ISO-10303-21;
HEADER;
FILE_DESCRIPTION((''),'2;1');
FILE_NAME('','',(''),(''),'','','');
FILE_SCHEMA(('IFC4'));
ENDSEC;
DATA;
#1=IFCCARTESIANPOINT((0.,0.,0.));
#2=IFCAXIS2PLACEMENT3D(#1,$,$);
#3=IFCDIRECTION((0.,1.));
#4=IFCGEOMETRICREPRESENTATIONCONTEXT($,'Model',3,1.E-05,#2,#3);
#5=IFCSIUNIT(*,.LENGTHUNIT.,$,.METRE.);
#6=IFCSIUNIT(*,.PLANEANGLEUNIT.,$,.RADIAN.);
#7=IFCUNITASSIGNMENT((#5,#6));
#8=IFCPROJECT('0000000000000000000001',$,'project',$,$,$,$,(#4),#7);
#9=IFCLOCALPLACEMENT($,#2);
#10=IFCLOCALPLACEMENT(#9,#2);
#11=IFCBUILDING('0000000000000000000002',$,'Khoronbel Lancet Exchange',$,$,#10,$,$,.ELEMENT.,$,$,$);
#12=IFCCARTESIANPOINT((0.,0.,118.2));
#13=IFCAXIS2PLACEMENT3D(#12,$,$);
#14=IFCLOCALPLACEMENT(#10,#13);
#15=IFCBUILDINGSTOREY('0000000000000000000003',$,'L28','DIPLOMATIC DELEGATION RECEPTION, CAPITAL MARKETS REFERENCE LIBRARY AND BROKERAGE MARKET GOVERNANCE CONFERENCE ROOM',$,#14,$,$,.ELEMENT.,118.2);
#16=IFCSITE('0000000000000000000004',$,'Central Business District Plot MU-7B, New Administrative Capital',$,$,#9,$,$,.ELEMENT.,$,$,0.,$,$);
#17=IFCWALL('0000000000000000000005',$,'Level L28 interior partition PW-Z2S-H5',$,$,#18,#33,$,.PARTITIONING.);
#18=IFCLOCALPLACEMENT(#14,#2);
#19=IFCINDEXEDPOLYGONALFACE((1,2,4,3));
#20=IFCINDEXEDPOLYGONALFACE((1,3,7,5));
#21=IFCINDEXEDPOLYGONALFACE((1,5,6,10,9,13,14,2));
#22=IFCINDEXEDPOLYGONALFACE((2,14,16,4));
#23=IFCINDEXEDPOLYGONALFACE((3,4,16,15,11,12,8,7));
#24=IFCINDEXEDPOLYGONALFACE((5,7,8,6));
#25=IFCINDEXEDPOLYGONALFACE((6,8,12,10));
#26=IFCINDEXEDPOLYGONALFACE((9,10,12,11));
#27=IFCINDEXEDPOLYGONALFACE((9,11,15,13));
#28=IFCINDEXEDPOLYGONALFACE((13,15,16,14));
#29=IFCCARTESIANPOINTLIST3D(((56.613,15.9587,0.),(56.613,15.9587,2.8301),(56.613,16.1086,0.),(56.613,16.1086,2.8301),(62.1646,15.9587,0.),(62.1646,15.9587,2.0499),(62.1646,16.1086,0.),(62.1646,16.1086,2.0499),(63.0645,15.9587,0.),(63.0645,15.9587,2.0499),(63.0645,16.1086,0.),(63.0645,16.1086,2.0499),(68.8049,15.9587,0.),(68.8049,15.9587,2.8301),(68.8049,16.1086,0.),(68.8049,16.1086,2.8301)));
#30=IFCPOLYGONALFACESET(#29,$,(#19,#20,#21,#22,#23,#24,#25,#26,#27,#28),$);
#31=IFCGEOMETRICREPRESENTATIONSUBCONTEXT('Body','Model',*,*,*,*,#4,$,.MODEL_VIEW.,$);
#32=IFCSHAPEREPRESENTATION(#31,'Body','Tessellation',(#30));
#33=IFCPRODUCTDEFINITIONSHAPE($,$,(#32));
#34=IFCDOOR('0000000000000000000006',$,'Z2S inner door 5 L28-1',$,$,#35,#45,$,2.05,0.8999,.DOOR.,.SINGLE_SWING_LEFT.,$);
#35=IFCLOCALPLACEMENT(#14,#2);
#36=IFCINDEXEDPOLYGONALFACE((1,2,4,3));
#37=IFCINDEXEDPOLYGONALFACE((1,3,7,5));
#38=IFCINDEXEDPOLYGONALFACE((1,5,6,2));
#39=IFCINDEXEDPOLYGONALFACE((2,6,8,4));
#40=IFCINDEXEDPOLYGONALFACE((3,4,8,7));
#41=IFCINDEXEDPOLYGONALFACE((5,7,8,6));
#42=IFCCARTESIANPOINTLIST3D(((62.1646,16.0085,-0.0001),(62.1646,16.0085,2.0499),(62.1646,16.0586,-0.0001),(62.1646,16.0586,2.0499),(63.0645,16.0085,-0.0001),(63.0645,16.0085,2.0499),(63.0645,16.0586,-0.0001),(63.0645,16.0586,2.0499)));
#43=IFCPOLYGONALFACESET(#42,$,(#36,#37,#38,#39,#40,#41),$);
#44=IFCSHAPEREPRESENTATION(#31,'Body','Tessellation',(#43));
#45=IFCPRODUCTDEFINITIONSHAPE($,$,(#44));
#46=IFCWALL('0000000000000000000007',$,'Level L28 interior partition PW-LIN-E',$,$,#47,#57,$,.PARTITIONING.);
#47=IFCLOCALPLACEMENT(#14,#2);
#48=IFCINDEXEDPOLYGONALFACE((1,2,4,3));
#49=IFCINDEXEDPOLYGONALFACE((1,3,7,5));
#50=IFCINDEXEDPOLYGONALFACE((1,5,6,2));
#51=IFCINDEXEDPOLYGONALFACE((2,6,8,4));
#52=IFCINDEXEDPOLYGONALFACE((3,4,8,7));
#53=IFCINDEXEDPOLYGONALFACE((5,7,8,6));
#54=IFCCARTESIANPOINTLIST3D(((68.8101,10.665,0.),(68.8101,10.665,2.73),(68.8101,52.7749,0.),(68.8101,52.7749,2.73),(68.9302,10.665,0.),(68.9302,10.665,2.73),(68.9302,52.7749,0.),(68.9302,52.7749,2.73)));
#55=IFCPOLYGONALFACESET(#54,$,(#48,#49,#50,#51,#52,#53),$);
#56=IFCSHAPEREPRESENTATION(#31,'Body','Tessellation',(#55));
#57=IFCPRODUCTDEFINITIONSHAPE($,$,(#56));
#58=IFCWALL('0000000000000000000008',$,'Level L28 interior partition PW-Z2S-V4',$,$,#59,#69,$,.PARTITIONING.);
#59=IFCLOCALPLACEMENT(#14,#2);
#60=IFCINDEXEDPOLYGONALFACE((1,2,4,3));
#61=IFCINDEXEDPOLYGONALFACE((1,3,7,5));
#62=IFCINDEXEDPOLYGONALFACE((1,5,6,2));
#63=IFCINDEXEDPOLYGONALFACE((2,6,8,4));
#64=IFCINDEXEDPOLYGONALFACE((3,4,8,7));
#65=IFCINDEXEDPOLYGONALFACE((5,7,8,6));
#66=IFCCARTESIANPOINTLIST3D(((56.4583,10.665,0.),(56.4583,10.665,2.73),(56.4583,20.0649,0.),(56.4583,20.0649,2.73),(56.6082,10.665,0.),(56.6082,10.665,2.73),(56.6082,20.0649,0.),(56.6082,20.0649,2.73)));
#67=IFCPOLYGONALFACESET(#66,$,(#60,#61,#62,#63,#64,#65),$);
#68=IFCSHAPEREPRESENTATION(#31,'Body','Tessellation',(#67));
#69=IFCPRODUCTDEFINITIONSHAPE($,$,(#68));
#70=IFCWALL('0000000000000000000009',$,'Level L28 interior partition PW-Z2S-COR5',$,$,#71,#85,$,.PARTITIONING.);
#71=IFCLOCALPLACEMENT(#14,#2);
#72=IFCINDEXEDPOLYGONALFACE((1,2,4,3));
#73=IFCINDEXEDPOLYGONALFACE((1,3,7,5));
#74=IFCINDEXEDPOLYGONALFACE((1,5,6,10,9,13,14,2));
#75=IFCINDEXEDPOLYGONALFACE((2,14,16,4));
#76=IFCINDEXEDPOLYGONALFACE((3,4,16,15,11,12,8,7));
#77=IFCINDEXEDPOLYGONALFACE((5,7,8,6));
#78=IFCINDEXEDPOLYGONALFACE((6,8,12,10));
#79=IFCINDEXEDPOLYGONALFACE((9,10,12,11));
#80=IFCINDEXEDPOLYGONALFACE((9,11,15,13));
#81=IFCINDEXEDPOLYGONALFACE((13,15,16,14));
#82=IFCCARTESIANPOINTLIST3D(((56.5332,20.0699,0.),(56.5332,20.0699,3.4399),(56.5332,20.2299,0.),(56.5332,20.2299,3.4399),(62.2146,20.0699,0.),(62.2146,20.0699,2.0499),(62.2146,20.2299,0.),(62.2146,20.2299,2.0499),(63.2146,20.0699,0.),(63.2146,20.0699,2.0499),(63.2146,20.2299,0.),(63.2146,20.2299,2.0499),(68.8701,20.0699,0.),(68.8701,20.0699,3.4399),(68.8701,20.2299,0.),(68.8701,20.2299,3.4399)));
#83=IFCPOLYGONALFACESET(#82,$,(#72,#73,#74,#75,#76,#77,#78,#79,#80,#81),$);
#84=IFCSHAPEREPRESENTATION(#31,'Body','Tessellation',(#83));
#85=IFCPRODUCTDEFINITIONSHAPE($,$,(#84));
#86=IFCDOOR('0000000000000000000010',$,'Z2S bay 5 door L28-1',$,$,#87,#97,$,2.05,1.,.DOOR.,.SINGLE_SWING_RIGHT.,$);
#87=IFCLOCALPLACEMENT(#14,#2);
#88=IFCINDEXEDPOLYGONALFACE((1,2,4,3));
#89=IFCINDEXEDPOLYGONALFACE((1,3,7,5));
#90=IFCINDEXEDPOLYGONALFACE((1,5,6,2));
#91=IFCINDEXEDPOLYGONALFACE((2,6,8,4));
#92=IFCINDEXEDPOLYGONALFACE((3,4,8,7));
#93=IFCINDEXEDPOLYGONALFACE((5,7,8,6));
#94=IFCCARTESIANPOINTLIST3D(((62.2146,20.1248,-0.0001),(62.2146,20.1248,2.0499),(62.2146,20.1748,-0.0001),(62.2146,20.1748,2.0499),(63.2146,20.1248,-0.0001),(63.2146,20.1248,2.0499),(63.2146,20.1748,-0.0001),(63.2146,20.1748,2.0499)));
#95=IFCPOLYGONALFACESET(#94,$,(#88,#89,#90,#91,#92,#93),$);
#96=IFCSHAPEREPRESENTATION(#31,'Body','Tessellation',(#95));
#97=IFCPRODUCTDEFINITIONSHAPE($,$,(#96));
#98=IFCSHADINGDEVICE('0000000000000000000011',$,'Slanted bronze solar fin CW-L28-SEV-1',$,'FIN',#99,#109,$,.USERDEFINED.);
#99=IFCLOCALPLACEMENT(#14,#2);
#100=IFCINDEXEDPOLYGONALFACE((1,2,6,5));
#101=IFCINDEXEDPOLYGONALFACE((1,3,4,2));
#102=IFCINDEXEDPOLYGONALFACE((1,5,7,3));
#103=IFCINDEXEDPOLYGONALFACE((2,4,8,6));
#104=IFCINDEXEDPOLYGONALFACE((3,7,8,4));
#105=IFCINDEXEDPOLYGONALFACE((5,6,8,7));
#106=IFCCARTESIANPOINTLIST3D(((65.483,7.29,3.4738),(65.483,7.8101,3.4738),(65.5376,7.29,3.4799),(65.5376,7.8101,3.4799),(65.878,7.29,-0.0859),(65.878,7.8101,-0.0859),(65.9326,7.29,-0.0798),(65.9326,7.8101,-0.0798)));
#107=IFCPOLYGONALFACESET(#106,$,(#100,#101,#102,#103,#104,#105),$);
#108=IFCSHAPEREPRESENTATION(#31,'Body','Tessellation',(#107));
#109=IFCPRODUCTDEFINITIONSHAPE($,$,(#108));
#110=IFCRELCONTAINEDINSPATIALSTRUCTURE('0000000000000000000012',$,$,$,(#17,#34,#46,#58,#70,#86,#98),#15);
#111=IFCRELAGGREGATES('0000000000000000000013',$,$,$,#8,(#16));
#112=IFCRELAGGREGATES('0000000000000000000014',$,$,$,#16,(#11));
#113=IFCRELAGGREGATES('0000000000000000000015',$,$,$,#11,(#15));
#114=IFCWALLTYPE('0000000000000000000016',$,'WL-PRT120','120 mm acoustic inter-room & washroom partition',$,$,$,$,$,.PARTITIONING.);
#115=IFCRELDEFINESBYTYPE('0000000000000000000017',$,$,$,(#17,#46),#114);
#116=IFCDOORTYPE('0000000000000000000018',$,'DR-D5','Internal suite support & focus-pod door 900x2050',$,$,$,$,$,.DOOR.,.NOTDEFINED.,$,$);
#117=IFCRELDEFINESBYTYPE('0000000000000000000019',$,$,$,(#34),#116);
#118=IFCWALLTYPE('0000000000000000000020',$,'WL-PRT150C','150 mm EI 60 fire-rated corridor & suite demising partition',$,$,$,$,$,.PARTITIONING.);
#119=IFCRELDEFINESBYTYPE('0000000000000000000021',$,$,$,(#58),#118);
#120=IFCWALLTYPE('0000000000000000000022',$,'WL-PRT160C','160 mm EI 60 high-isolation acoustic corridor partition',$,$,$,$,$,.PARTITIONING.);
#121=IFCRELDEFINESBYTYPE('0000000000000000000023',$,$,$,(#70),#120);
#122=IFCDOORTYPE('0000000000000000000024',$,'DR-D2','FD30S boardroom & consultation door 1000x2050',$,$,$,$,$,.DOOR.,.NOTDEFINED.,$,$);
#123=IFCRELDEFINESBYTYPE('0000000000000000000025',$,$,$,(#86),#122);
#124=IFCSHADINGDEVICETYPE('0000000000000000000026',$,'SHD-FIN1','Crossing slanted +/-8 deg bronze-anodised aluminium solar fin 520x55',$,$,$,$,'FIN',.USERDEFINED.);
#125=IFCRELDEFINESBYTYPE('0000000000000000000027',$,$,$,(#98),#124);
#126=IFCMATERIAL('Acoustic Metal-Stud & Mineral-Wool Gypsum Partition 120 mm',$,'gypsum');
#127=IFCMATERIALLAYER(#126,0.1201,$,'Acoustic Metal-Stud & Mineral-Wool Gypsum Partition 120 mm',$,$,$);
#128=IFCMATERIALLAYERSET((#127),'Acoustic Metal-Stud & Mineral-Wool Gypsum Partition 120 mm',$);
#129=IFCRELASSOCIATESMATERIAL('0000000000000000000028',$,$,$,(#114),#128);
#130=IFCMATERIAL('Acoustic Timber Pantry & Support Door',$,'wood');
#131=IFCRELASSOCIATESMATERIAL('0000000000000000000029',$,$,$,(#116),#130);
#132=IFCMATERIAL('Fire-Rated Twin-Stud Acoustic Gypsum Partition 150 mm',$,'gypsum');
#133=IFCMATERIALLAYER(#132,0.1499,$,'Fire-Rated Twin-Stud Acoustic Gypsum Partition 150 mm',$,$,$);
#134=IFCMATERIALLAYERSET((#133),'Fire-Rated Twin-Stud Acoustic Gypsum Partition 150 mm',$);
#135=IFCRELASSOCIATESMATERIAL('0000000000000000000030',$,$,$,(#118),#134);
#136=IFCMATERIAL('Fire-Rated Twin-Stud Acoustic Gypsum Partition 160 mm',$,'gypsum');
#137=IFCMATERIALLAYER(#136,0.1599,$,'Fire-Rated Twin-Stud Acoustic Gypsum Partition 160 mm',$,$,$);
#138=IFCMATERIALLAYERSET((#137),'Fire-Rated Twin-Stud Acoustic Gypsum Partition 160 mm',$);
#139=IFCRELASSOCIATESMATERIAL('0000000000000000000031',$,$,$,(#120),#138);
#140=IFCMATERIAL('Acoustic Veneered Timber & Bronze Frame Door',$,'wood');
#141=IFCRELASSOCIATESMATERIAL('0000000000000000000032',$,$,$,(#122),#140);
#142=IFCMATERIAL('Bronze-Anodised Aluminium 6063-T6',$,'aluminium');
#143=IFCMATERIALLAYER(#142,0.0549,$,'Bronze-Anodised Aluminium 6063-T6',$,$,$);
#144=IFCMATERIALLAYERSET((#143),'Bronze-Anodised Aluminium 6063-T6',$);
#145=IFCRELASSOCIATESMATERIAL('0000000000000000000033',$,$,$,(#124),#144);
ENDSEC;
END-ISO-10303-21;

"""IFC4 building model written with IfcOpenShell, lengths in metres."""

from ifc_helpers import new_model, si_unit, direction, frame, frame_2d, origin, place, context, subcontext, project, spatial, polyline, rectangle, outline, extrude, material, layer, layer_set, type_object, element, fill, save


model = new_model("IFC4")

# Units and contexts
model_context = context("Model", 3, precision=1e-05, world=origin(), true_north=direction((0.0, 1.0)))
body_context = subcontext(model_context, "Body", "Model", "MODEL_VIEW")
ifc_project = project(units=[si_unit("LENGTHUNIT", "METRE"), si_unit("PLANEANGLEUNIT", "RADIAN")], contexts=[model_context])

# Site, building, storey
site_placement = place(None, origin())
site = spatial("IfcSite", under=ifc_project, at=site_placement, Name="Central Business District Plot MU-7B, New Administrative Capital", CompositionType="ELEMENT", RefElevation=0.0)
building_placement = place(site_placement, origin())
building = spatial("IfcBuilding", under=site, at=building_placement, Name="Khoronbel Lancet Exchange", CompositionType="ELEMENT")
storey_placement = place(building_placement, frame((0.0, 0.0, 118.2)))
storey = spatial("IfcBuildingStorey", under=building, at=storey_placement, Name="L28", Description="DIPLOMATIC DELEGATION RECEPTION, CAPITAL MARKETS REFERENCE LIBRARY AND BROKERAGE MARKET GOVERNANCE CONFERENCE ROOM", CompositionType="ELEMENT", Elevation=118.2)

# Shared definitions
ifc_material_1 = material(Name="Bronze-Anodised Aluminium 6063-T6", Category="aluminium")

# Wall, opening, door
ifc_material_2 = material(Name="Acoustic Metal-Stud & Mineral-Wool Gypsum Partition 120 mm", Category="gypsum")
ifc_layer_1 = layer(ifc_material_2, 0.1201, Name="Acoustic Metal-Stud & Mineral-Wool Gypsum Partition 120 mm")
ifc_layer_set_1 = layer_set([ifc_layer_1], Name="Acoustic Metal-Stud & Mineral-Wool Gypsum Partition 120 mm")
wall_type_1 = type_object("IfcWallType", Name="WL-PRT120", Description="120 mm acoustic inter-room & washroom partition", PredefinedType="PARTITIONING", material=ifc_layer_set_1)
wall_1_placement = place(storey_placement, frame((56.613, 16.0337, 0.0), z_axis=(0.0, 0.0, 1.0), x_axis=(1.0, 0.0, 0.0)))
wall_1 = element("IfcWall", 1, at=wall_1_placement, inside=storey, type_object=wall_type_1, Name="Level L28 interior partition PW-Z2S-H5", PredefinedType="PARTITIONING", context=body_context, shape_type="SweptSolid", body=[
    extrude(rectangle(XDim=12.1919, YDim=0.1499, at=frame_2d((6.0959, 0.0))), origin(), (0.0, 0.0, 1.0), 2.8301),
])
opening_1_placement = place(wall_1_placement, frame((5.5515, 0.0, 0.0)))
opening_1 = element("IfcOpeningElement", 2, at=opening_1_placement, cuts=wall_1, PredefinedType="OPENING", context=body_context, shape_type="SweptSolid", body=[
    extrude(rectangle(XDim=0.8999, YDim=2.05, at=frame_2d((0.45, 1.0249))), frame((0.0, 0.085, 0.0), z_axis=(0.0, -1.0, 0.0), x_axis=(1.0, 0.0, 0.0)), (0.0, 0.0, 1.0), 0.1699),
])
ifc_material_3 = material(Name="Acoustic Timber Pantry & Support Door", Category="wood")
door_type_1 = type_object("IfcDoorType", Name="DR-D5", Description="Internal suite support & focus-pod door 900x2050", OperationType="NOTDEFINED", PredefinedType="DOOR", material=ifc_material_3)
door_1_placement = place(opening_1_placement, origin())
door_1 = element("IfcDoor", 3, at=door_1_placement, inside=storey, type_object=door_type_1, Name="Z2S inner door 5 L28-1", OperationType="SINGLE_SWING_LEFT", OverallHeight=2.05, OverallWidth=0.8999, PredefinedType="DOOR", context=body_context, shape_type="SweptSolid", body=[
    extrude(rectangle(XDim=0.8999, YDim=2.05, at=frame_2d((0.45, 1.0249))), frame((0.0, 0.0249, 0.0), z_axis=(0.0, -1.0, 0.0), x_axis=(1.0, 0.0, 0.0)), (0.0, 0.0, 1.0), 0.05),
])
fill(opening_1, door_1)

# Walls
wall_2_placement = place(storey_placement, frame((68.8701, 10.665, 0.0), z_axis=(0.0, 0.0, 1.0), x_axis=(0.0, 1.0, 0.0)))
element("IfcWall", 4, at=wall_2_placement, inside=storey, type_object=wall_type_1, Name="Level L28 interior partition PW-LIN-E", PredefinedType="PARTITIONING", context=body_context, shape_type="SweptSolid", body=[
    extrude(rectangle(XDim=42.1099, YDim=0.1201, at=frame_2d((21.0549, 0.0))), origin(), (0.0, 0.0, 1.0), 2.73),
])
ifc_material_4 = material(Name="Fire-Rated Twin-Stud Acoustic Gypsum Partition 150 mm", Category="gypsum")
ifc_layer_2 = layer(ifc_material_4, 0.1499, Name="Fire-Rated Twin-Stud Acoustic Gypsum Partition 150 mm")
ifc_layer_set_2 = layer_set([ifc_layer_2], Name="Fire-Rated Twin-Stud Acoustic Gypsum Partition 150 mm")
wall_type_2 = type_object("IfcWallType", Name="WL-PRT150C", Description="150 mm EI 60 fire-rated corridor & suite demising partition", PredefinedType="PARTITIONING", material=ifc_layer_set_2)
wall_3_placement = place(storey_placement, frame((56.5332, 10.665, 0.0), z_axis=(0.0, 0.0, 1.0), x_axis=(0.0, 1.0, 0.0)))
element("IfcWall", 5, at=wall_3_placement, inside=storey, type_object=wall_type_2, Name="Level L28 interior partition PW-Z2S-V4", PredefinedType="PARTITIONING", context=body_context, shape_type="SweptSolid", body=[
    extrude(rectangle(XDim=9.3999, YDim=0.1499, at=frame_2d((4.7, 0.0))), origin(), (0.0, 0.0, 1.0), 2.73),
])

# Wall, opening, door
ifc_material_5 = material(Name="Fire-Rated Twin-Stud Acoustic Gypsum Partition 160 mm", Category="gypsum")
ifc_layer_3 = layer(ifc_material_5, 0.1599, Name="Fire-Rated Twin-Stud Acoustic Gypsum Partition 160 mm")
ifc_layer_set_3 = layer_set([ifc_layer_3], Name="Fire-Rated Twin-Stud Acoustic Gypsum Partition 160 mm")
wall_type_3 = type_object("IfcWallType", Name="WL-PRT160C", Description="160 mm EI 60 high-isolation acoustic corridor partition", PredefinedType="PARTITIONING", material=ifc_layer_set_3)
wall_4_placement = place(storey_placement, frame((56.5332, 20.1499, 0.0), z_axis=(0.0, 0.0, 1.0), x_axis=(1.0, 0.0, 0.0)))
wall_4 = element("IfcWall", 6, at=wall_4_placement, inside=storey, type_object=wall_type_3, Name="Level L28 interior partition PW-Z2S-COR5", PredefinedType="PARTITIONING", context=body_context, shape_type="SweptSolid", body=[
    extrude(rectangle(XDim=12.3369, YDim=0.1599, at=frame_2d((6.1685, 0.0))), origin(), (0.0, 0.0, 1.0), 3.4399),
])
opening_2_placement = place(wall_4_placement, frame((5.6814, 0.0, 0.0)))
opening_2 = element("IfcOpeningElement", 7, at=opening_2_placement, cuts=wall_4, PredefinedType="OPENING", context=body_context, shape_type="SweptSolid", body=[
    extrude(rectangle(XDim=1.0, YDim=2.05, at=frame_2d((0.5, 1.0249))), frame((0.0, 0.0898, 0.0), z_axis=(0.0, -1.0, 0.0), x_axis=(1.0, 0.0, 0.0)), (0.0, 0.0, 1.0), 0.1799),
])
ifc_material_6 = material(Name="Acoustic Veneered Timber & Bronze Frame Door", Category="wood")
door_type_2 = type_object("IfcDoorType", Name="DR-D2", Description="FD30S boardroom & consultation door 1000x2050", OperationType="NOTDEFINED", PredefinedType="DOOR", material=ifc_material_6)
door_2_placement = place(opening_2_placement, origin())
door_2 = element("IfcDoor", 8, at=door_2_placement, inside=storey, type_object=door_type_2, Name="Z2S bay 5 door L28-1", OperationType="SINGLE_SWING_RIGHT", OverallHeight=2.05, OverallWidth=1.0, PredefinedType="DOOR", context=body_context, shape_type="SweptSolid", body=[
    extrude(rectangle(XDim=1.0, YDim=2.05, at=frame_2d((0.5, 1.0249))), frame((0.0, 0.0249, 0.0), z_axis=(0.0, -1.0, 0.0), x_axis=(1.0, 0.0, 0.0)), (0.0, 0.0, 1.0), 0.05),
])
fill(opening_2, door_2)

# Shading device
ifc_layer_4 = layer(ifc_material_1, 0.0549, Name="Bronze-Anodised Aluminium 6063-T6")
ifc_layer_set_4 = layer_set([ifc_layer_4], Name="Bronze-Anodised Aluminium 6063-T6")
shading_device_type = type_object("IfcShadingDeviceType", Name="SHD-FIN1", Description="Crossing slanted +/-8 deg bronze-anodised aluminium solar fin 520x55", ElementType="FIN", PredefinedType="USERDEFINED", material=ifc_layer_set_4)
shading_device_placement = place(storey_placement, frame((65.9326, 7.8101, -0.0798), z_axis=(0.9939, 0.0, 0.110289), x_axis=(0.0, -1.0, 0.0)))
element("IfcShadingDevice", 9, at=shading_device_placement, inside=storey, type_object=shading_device_type, Name="Slanted bronze solar fin CW-L28-SEV-1", ObjectType="FIN", PredefinedType="USERDEFINED", context=body_context, shape_type="SweptSolid", body=[
    extrude(outline(polyline([(0.0, 0.0), (0.52, 0.0), (0.52, -3.5815), (0.0, -3.5815), (0.0, 0.0)])), origin(), (0.0, 0.0, -1.0), 0.0549),
])

save(model, "model.ifc")
